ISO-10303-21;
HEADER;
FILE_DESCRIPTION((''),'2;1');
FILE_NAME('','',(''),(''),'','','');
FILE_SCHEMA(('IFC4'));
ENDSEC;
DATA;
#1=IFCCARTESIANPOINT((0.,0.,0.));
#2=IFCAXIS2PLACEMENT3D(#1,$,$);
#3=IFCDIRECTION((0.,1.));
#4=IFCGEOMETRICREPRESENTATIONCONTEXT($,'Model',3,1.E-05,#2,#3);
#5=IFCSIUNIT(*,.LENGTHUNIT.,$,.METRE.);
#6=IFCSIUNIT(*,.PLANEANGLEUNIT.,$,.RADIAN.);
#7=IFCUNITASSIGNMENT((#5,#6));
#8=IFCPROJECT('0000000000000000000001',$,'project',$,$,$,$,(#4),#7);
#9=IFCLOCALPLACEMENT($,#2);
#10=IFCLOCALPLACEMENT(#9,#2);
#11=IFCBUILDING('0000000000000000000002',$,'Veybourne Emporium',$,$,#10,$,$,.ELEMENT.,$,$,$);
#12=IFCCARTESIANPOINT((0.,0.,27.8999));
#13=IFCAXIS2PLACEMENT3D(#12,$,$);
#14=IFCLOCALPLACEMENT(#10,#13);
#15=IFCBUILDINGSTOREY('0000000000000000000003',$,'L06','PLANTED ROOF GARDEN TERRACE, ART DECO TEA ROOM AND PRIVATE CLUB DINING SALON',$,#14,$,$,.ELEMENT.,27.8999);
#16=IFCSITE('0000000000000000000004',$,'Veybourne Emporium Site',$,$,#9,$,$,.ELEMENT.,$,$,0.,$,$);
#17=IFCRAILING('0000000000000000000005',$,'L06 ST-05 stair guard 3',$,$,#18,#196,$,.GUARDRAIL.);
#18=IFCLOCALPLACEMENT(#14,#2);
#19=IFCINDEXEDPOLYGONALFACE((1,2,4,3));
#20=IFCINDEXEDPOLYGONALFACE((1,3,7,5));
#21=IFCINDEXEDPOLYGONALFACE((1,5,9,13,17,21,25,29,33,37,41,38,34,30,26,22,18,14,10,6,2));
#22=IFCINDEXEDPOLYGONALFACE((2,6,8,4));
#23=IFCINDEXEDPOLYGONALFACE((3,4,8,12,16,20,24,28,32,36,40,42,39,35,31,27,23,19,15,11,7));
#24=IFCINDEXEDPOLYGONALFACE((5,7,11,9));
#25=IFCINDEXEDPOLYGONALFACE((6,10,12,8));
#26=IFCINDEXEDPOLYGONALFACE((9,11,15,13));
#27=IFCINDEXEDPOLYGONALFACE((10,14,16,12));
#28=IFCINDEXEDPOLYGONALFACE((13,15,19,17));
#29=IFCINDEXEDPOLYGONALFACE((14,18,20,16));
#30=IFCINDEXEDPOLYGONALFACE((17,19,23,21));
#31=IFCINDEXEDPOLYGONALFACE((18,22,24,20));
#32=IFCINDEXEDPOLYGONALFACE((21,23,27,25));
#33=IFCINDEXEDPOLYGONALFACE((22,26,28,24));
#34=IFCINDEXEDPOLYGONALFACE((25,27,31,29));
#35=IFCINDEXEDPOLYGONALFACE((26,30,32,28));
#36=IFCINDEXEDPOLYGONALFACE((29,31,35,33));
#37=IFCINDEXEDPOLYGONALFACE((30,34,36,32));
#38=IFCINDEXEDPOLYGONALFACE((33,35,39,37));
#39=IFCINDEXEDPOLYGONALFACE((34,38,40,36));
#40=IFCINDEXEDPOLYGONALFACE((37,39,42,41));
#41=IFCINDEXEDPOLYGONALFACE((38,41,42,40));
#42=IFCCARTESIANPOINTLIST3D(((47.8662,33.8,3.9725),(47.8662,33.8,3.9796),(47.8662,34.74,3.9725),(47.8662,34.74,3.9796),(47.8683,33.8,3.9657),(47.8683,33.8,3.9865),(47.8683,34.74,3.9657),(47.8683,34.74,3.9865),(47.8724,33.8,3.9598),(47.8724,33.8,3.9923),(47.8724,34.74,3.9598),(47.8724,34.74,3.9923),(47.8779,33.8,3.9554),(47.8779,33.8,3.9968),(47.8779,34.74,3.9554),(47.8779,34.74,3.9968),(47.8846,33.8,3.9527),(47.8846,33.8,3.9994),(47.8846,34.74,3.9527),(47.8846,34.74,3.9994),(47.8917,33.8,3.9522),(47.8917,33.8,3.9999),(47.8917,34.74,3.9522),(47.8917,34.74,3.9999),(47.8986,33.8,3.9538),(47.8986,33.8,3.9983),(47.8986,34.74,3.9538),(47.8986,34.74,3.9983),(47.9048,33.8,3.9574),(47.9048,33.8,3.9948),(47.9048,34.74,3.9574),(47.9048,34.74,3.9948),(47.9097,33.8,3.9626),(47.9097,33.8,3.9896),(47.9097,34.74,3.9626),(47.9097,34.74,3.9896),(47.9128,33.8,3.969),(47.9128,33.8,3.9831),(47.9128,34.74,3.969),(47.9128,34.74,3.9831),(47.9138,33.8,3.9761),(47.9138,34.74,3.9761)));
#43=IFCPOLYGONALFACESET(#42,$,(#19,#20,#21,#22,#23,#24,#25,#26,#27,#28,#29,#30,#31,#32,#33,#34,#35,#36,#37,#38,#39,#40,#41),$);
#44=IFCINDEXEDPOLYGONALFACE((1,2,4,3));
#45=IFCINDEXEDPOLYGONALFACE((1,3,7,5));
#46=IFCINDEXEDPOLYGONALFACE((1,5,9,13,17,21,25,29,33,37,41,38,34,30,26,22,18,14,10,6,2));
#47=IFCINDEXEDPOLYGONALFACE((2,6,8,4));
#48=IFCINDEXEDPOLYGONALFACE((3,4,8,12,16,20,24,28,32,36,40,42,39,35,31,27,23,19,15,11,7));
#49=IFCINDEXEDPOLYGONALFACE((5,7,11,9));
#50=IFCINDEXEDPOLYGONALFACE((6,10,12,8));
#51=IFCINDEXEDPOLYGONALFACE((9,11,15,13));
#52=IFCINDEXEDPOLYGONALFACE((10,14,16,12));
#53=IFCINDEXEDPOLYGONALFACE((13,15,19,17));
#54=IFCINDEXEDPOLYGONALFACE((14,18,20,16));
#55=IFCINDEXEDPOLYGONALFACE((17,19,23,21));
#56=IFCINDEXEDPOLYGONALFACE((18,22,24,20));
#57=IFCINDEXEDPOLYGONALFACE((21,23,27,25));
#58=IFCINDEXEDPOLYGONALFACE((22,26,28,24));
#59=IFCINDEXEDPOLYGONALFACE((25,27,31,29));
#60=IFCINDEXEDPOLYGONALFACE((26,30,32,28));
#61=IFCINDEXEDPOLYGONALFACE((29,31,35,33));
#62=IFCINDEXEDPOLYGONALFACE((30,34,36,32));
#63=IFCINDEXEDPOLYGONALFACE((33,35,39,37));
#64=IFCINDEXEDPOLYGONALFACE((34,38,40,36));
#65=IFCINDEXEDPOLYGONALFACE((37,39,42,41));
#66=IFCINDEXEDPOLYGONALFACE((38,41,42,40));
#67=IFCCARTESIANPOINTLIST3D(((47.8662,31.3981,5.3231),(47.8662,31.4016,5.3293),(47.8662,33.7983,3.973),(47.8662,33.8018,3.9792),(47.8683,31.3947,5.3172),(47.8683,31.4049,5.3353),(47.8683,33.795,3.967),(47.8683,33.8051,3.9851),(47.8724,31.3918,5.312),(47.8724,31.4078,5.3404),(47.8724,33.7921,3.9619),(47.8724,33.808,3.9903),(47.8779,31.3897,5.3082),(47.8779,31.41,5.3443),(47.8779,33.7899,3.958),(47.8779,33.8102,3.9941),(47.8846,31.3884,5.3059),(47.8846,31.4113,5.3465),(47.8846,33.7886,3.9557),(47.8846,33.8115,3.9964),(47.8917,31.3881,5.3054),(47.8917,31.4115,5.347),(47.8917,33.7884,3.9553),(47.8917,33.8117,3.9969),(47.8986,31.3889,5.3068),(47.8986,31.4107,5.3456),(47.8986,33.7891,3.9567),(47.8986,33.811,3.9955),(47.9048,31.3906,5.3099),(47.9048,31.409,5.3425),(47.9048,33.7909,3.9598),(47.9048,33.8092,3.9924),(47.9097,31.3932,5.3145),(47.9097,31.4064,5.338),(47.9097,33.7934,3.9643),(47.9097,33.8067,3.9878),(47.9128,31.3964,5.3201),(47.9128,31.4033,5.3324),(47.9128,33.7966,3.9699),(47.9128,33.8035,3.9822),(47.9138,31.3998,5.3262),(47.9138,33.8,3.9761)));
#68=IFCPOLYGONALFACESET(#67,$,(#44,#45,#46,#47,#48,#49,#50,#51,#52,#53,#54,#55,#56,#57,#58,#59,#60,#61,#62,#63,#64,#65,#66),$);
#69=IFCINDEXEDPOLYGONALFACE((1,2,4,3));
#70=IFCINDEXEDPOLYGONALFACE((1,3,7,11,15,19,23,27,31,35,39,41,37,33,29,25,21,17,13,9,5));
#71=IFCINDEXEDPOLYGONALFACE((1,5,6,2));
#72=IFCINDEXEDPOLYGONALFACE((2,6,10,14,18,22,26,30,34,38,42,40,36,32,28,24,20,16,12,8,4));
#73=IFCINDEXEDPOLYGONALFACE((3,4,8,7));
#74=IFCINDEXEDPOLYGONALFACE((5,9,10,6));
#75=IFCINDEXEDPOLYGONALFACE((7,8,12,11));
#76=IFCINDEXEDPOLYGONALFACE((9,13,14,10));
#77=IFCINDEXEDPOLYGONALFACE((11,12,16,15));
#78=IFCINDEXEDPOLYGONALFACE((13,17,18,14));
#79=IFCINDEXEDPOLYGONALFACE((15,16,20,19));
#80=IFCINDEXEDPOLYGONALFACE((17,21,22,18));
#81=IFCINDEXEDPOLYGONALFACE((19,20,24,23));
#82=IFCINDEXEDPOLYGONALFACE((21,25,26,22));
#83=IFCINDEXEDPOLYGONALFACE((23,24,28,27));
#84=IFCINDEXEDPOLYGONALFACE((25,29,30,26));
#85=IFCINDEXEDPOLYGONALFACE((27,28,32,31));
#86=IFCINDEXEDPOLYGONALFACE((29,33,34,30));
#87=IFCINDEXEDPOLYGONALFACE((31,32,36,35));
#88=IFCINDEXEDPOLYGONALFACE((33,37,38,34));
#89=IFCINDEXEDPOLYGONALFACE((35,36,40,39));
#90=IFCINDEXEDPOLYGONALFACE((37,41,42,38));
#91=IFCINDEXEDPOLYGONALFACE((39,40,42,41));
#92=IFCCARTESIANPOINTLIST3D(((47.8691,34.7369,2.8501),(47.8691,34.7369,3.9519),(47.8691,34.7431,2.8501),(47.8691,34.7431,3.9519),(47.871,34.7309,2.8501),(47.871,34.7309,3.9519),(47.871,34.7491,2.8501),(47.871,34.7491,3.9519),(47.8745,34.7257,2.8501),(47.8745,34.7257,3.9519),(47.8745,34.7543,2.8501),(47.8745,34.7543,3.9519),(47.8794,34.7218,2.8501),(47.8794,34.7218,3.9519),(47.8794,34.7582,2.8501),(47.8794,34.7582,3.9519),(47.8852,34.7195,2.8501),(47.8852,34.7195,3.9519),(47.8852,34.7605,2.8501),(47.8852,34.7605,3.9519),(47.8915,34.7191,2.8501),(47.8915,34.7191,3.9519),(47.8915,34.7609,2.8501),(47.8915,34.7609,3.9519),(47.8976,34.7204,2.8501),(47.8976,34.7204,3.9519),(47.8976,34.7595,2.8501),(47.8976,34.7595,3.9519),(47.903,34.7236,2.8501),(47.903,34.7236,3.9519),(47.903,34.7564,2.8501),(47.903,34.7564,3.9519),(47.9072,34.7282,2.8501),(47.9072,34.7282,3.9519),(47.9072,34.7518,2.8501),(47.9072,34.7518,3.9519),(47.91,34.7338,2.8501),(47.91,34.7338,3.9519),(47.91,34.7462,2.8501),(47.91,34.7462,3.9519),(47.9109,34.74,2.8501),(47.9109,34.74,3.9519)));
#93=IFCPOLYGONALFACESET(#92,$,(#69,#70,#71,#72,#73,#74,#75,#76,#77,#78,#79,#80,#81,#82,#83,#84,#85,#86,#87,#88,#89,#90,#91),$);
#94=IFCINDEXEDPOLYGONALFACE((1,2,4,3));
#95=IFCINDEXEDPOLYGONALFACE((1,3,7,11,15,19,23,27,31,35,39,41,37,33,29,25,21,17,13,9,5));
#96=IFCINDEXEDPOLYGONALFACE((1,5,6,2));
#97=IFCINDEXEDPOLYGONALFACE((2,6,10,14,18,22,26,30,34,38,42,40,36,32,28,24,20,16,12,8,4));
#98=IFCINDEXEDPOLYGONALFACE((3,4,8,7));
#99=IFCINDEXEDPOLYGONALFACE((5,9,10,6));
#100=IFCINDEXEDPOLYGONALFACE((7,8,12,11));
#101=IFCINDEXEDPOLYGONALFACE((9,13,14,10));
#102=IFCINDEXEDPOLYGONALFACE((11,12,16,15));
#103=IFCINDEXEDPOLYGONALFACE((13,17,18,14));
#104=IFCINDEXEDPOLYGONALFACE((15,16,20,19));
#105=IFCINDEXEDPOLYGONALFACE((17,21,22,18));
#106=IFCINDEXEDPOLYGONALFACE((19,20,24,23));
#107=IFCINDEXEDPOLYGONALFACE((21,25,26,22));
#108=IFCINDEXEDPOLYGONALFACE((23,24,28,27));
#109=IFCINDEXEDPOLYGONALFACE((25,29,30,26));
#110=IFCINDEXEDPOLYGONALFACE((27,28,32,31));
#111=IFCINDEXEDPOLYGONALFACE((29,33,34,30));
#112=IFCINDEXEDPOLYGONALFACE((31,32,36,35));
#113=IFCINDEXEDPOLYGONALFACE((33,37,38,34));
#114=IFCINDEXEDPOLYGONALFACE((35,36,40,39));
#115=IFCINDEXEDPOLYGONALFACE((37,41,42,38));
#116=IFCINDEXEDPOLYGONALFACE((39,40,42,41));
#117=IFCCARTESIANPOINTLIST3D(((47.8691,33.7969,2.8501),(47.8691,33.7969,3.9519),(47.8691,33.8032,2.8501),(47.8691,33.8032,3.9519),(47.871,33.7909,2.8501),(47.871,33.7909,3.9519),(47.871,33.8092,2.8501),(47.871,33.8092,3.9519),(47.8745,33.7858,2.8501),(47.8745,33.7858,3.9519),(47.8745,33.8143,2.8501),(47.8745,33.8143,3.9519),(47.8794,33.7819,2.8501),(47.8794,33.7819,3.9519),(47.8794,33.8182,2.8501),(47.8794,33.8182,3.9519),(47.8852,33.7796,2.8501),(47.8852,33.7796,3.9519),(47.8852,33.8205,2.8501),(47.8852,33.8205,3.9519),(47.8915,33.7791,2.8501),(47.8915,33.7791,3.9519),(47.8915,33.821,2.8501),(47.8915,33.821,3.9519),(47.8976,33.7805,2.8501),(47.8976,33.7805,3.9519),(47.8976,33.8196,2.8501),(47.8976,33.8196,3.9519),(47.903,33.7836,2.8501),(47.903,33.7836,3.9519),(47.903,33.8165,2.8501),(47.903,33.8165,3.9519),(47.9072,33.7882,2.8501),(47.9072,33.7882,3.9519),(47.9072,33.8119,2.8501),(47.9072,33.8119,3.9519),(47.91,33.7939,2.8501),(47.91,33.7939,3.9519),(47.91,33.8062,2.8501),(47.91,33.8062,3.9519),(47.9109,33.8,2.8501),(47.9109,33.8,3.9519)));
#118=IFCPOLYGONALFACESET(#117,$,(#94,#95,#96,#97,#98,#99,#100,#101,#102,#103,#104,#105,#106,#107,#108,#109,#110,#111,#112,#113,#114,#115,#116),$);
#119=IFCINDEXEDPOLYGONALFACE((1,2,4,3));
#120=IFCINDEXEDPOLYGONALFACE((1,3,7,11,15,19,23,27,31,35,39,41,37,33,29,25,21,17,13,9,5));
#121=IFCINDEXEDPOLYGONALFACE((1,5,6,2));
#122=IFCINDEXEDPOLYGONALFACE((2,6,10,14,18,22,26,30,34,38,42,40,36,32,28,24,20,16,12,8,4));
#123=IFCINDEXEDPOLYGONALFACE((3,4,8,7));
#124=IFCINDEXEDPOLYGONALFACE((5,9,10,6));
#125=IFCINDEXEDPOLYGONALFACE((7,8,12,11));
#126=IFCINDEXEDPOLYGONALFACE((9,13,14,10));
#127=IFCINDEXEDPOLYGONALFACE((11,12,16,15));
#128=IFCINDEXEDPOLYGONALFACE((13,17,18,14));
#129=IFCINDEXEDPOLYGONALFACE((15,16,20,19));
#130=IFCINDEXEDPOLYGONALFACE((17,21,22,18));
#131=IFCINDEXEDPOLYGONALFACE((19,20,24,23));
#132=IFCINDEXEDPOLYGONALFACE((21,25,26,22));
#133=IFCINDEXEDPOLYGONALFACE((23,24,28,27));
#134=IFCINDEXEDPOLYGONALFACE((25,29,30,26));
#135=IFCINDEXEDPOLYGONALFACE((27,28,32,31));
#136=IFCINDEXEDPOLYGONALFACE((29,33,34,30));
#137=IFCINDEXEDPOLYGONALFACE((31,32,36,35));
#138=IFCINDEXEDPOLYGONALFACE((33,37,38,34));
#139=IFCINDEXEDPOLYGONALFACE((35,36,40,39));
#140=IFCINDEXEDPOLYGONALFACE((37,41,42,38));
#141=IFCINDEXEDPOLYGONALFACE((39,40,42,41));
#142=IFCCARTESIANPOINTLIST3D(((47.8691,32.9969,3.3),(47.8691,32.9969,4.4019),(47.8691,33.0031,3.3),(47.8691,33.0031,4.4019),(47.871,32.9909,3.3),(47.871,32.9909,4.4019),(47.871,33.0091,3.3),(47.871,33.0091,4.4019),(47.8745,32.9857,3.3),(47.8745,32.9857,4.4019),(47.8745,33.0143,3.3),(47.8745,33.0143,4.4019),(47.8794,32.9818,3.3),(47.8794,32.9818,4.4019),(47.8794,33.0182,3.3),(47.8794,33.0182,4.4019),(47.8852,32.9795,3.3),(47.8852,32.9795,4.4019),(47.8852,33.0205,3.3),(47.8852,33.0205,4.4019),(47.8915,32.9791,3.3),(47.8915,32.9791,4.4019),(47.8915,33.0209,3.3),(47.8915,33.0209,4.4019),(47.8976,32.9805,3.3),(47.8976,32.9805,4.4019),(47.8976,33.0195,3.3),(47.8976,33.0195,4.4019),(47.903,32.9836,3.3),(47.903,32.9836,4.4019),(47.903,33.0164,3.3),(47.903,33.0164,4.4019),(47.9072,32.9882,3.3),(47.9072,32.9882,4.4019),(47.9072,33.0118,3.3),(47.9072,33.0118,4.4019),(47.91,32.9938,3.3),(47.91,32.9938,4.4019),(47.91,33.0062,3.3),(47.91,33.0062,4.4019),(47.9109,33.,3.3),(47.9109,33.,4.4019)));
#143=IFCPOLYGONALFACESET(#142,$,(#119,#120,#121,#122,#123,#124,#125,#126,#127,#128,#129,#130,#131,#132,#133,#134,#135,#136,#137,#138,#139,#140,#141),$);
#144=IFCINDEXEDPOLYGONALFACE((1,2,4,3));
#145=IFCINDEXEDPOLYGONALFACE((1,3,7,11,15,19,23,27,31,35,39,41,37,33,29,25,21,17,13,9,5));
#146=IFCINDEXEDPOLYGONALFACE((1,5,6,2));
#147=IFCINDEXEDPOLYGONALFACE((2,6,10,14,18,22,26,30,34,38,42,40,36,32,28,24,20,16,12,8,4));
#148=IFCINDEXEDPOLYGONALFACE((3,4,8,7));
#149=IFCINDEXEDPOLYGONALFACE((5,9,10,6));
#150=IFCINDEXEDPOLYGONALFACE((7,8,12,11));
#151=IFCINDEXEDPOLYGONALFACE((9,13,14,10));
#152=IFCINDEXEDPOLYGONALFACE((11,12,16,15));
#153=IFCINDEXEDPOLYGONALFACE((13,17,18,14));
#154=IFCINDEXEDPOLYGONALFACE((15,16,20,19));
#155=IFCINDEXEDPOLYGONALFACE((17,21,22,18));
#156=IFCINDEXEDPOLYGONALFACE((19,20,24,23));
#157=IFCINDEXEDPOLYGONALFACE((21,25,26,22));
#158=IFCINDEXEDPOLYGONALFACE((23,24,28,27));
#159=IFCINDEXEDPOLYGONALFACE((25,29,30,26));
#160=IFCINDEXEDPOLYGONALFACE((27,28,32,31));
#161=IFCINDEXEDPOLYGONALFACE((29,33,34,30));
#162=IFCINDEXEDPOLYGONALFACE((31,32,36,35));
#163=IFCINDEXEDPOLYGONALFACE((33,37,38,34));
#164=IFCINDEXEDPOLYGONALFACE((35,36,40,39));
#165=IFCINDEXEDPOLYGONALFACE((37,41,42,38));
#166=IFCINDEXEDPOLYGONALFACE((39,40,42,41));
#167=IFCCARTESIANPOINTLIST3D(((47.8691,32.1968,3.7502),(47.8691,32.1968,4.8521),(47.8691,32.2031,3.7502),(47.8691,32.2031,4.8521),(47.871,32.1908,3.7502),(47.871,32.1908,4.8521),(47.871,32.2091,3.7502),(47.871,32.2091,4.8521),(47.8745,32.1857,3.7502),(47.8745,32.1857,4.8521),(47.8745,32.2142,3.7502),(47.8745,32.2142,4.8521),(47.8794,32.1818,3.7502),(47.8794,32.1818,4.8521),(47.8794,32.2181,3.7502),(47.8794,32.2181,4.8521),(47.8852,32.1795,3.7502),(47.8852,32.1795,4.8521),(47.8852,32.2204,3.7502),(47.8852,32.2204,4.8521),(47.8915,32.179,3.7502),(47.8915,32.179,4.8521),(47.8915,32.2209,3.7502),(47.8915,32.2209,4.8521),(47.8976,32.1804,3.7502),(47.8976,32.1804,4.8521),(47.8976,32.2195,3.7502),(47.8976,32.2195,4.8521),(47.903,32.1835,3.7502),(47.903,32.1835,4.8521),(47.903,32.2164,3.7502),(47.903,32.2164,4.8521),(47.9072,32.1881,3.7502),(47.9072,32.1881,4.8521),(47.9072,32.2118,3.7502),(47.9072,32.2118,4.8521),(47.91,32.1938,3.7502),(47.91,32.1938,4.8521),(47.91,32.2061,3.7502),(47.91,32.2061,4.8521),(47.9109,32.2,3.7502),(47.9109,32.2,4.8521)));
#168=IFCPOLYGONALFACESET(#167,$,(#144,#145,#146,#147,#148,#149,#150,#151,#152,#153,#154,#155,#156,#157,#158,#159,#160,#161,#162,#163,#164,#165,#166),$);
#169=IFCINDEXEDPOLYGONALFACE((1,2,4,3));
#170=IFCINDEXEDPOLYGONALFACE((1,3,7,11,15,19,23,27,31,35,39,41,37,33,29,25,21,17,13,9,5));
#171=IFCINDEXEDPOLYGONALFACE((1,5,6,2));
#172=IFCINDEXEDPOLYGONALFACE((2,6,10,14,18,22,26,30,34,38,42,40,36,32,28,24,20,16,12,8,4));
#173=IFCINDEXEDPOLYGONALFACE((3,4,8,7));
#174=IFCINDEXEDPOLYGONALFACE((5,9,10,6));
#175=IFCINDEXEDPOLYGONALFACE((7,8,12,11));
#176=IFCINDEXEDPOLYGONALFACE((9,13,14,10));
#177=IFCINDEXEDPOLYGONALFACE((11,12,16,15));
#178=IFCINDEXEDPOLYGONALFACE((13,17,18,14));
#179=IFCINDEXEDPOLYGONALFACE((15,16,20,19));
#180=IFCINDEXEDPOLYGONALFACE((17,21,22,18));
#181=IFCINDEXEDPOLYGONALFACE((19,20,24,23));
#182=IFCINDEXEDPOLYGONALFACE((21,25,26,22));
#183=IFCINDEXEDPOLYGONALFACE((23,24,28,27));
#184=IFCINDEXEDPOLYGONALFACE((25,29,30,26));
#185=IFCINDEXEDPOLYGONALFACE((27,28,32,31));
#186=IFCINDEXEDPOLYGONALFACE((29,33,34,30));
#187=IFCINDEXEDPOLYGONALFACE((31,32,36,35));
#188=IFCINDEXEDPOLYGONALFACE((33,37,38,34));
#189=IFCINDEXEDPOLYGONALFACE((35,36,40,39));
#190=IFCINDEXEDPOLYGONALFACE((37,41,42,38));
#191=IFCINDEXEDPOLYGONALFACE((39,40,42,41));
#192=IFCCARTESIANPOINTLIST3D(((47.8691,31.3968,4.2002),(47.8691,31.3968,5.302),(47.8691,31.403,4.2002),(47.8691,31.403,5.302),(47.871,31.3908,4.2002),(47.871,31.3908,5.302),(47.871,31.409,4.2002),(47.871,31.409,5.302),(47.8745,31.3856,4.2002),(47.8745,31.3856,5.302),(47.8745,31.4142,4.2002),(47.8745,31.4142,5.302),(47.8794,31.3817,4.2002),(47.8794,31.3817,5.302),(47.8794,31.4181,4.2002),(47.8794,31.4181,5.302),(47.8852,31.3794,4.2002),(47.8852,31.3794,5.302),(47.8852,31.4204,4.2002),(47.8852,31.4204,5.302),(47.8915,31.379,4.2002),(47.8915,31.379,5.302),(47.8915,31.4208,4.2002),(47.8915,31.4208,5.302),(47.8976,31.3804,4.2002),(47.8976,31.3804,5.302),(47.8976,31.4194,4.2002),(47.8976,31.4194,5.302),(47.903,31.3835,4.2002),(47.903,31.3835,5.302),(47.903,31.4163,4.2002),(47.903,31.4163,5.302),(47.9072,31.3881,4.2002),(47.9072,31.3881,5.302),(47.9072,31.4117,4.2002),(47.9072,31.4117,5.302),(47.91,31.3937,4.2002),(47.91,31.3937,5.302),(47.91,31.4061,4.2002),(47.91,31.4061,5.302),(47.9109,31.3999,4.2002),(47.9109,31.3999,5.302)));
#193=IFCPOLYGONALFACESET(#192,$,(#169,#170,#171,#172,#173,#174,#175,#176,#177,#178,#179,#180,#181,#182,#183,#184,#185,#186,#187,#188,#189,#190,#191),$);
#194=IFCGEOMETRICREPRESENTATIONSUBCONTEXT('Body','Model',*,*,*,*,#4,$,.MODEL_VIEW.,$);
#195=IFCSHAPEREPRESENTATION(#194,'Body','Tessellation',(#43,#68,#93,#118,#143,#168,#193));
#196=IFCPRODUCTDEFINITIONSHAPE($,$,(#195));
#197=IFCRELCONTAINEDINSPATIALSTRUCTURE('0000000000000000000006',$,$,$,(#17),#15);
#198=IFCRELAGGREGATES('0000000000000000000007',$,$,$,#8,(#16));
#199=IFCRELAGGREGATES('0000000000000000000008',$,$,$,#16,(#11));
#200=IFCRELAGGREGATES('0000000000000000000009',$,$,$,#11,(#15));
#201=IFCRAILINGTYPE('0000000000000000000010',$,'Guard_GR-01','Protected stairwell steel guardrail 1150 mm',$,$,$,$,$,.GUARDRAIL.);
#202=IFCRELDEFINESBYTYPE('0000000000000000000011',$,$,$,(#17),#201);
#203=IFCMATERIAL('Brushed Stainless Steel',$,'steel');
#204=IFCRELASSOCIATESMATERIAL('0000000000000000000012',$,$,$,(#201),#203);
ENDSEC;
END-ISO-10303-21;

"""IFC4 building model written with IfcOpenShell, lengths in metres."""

from ifc_helpers import new_model, si_unit, direction, frame, origin, origin_2d, place, context, subcontext, project, spatial, circle, extrude, material, type_object, element, save


model = new_model("IFC4")

# Units and contexts
model_context = context("Model", 3, precision=1e-05, world=origin(), true_north=direction((0.0, 1.0)))
body_context = subcontext(model_context, "Body", "Model", "MODEL_VIEW")
ifc_project = project(units=[si_unit("LENGTHUNIT", "METRE"), si_unit("PLANEANGLEUNIT", "RADIAN")], contexts=[model_context])

# Site, building, storey
site_placement = place(None, origin())
site = spatial("IfcSite", under=ifc_project, at=site_placement, Name="Veybourne Emporium Site", CompositionType="ELEMENT", RefElevation=0.0)
building_placement = place(site_placement, origin())
building = spatial("IfcBuilding", under=site, at=building_placement, Name="Veybourne Emporium", CompositionType="ELEMENT")
storey_placement = place(building_placement, frame((0.0, 0.0, 27.8999)))
storey = spatial("IfcBuildingStorey", under=building, at=storey_placement, Name="L06", Description="PLANTED ROOF GARDEN TERRACE, ART DECO TEA ROOM AND PRIVATE CLUB DINING SALON", CompositionType="ELEMENT", Elevation=27.8999)

# Railing
ifc_material_1 = material(Name="Brushed Stainless Steel", Category="steel")
railing_type_1 = type_object("IfcRailingType", Name="Guard_GR-01", Description="Protected stairwell steel guardrail 1150 mm", PredefinedType="GUARDRAIL", material=ifc_material_1)
railing_1_placement = place(storey_placement, frame((47.8899, 34.74, 2.8501)))
element("IfcRailing", 1, at=railing_1_placement, inside=storey, type_object=railing_type_1, Name="L06 ST-05 stair guard 3", PredefinedType="GUARDRAIL", context=body_context, shape_type="SweptSolid", body=[
    extrude(circle(Radius=0.0239, at=origin_2d()), frame((0.0, 0.0, 1.126), z_axis=(0.0, -1.0, 0.0), x_axis=(1.0, 0.0, 0.0)), (0.0, 0.0, 1.0), 0.9399),
    extrude(circle(Radius=0.0239, at=origin_2d()), frame((0.0, -0.9399, 1.126), z_axis=(0.0, -0.871573, 0.490265), x_axis=(1.0, 0.0, 0.0)), (0.0, 0.0, 1.0), 2.7539),
    extrude(circle(Radius=0.021, at=origin_2d()), origin(), (0.0, 0.0, 1.0), 1.1018),
    extrude(circle(Radius=0.021, at=origin_2d()), frame((0.0, -0.9399, 0.0)), (0.0, 0.0, 1.0), 1.1018),
    extrude(circle(Radius=0.021, at=origin_2d()), frame((0.0, -1.74, 0.45)), (0.0, 0.0, 1.0), 1.1018),
    extrude(circle(Radius=0.021, at=origin_2d()), frame((0.0, -2.54, 0.9001)), (0.0, 0.0, 1.0), 1.1018),
    extrude(circle(Radius=0.021, at=origin_2d()), frame((0.0, -3.3401, 1.3501)), (0.0, 0.0, 1.0), 1.1018),
])

save(model, "model.ifc")
